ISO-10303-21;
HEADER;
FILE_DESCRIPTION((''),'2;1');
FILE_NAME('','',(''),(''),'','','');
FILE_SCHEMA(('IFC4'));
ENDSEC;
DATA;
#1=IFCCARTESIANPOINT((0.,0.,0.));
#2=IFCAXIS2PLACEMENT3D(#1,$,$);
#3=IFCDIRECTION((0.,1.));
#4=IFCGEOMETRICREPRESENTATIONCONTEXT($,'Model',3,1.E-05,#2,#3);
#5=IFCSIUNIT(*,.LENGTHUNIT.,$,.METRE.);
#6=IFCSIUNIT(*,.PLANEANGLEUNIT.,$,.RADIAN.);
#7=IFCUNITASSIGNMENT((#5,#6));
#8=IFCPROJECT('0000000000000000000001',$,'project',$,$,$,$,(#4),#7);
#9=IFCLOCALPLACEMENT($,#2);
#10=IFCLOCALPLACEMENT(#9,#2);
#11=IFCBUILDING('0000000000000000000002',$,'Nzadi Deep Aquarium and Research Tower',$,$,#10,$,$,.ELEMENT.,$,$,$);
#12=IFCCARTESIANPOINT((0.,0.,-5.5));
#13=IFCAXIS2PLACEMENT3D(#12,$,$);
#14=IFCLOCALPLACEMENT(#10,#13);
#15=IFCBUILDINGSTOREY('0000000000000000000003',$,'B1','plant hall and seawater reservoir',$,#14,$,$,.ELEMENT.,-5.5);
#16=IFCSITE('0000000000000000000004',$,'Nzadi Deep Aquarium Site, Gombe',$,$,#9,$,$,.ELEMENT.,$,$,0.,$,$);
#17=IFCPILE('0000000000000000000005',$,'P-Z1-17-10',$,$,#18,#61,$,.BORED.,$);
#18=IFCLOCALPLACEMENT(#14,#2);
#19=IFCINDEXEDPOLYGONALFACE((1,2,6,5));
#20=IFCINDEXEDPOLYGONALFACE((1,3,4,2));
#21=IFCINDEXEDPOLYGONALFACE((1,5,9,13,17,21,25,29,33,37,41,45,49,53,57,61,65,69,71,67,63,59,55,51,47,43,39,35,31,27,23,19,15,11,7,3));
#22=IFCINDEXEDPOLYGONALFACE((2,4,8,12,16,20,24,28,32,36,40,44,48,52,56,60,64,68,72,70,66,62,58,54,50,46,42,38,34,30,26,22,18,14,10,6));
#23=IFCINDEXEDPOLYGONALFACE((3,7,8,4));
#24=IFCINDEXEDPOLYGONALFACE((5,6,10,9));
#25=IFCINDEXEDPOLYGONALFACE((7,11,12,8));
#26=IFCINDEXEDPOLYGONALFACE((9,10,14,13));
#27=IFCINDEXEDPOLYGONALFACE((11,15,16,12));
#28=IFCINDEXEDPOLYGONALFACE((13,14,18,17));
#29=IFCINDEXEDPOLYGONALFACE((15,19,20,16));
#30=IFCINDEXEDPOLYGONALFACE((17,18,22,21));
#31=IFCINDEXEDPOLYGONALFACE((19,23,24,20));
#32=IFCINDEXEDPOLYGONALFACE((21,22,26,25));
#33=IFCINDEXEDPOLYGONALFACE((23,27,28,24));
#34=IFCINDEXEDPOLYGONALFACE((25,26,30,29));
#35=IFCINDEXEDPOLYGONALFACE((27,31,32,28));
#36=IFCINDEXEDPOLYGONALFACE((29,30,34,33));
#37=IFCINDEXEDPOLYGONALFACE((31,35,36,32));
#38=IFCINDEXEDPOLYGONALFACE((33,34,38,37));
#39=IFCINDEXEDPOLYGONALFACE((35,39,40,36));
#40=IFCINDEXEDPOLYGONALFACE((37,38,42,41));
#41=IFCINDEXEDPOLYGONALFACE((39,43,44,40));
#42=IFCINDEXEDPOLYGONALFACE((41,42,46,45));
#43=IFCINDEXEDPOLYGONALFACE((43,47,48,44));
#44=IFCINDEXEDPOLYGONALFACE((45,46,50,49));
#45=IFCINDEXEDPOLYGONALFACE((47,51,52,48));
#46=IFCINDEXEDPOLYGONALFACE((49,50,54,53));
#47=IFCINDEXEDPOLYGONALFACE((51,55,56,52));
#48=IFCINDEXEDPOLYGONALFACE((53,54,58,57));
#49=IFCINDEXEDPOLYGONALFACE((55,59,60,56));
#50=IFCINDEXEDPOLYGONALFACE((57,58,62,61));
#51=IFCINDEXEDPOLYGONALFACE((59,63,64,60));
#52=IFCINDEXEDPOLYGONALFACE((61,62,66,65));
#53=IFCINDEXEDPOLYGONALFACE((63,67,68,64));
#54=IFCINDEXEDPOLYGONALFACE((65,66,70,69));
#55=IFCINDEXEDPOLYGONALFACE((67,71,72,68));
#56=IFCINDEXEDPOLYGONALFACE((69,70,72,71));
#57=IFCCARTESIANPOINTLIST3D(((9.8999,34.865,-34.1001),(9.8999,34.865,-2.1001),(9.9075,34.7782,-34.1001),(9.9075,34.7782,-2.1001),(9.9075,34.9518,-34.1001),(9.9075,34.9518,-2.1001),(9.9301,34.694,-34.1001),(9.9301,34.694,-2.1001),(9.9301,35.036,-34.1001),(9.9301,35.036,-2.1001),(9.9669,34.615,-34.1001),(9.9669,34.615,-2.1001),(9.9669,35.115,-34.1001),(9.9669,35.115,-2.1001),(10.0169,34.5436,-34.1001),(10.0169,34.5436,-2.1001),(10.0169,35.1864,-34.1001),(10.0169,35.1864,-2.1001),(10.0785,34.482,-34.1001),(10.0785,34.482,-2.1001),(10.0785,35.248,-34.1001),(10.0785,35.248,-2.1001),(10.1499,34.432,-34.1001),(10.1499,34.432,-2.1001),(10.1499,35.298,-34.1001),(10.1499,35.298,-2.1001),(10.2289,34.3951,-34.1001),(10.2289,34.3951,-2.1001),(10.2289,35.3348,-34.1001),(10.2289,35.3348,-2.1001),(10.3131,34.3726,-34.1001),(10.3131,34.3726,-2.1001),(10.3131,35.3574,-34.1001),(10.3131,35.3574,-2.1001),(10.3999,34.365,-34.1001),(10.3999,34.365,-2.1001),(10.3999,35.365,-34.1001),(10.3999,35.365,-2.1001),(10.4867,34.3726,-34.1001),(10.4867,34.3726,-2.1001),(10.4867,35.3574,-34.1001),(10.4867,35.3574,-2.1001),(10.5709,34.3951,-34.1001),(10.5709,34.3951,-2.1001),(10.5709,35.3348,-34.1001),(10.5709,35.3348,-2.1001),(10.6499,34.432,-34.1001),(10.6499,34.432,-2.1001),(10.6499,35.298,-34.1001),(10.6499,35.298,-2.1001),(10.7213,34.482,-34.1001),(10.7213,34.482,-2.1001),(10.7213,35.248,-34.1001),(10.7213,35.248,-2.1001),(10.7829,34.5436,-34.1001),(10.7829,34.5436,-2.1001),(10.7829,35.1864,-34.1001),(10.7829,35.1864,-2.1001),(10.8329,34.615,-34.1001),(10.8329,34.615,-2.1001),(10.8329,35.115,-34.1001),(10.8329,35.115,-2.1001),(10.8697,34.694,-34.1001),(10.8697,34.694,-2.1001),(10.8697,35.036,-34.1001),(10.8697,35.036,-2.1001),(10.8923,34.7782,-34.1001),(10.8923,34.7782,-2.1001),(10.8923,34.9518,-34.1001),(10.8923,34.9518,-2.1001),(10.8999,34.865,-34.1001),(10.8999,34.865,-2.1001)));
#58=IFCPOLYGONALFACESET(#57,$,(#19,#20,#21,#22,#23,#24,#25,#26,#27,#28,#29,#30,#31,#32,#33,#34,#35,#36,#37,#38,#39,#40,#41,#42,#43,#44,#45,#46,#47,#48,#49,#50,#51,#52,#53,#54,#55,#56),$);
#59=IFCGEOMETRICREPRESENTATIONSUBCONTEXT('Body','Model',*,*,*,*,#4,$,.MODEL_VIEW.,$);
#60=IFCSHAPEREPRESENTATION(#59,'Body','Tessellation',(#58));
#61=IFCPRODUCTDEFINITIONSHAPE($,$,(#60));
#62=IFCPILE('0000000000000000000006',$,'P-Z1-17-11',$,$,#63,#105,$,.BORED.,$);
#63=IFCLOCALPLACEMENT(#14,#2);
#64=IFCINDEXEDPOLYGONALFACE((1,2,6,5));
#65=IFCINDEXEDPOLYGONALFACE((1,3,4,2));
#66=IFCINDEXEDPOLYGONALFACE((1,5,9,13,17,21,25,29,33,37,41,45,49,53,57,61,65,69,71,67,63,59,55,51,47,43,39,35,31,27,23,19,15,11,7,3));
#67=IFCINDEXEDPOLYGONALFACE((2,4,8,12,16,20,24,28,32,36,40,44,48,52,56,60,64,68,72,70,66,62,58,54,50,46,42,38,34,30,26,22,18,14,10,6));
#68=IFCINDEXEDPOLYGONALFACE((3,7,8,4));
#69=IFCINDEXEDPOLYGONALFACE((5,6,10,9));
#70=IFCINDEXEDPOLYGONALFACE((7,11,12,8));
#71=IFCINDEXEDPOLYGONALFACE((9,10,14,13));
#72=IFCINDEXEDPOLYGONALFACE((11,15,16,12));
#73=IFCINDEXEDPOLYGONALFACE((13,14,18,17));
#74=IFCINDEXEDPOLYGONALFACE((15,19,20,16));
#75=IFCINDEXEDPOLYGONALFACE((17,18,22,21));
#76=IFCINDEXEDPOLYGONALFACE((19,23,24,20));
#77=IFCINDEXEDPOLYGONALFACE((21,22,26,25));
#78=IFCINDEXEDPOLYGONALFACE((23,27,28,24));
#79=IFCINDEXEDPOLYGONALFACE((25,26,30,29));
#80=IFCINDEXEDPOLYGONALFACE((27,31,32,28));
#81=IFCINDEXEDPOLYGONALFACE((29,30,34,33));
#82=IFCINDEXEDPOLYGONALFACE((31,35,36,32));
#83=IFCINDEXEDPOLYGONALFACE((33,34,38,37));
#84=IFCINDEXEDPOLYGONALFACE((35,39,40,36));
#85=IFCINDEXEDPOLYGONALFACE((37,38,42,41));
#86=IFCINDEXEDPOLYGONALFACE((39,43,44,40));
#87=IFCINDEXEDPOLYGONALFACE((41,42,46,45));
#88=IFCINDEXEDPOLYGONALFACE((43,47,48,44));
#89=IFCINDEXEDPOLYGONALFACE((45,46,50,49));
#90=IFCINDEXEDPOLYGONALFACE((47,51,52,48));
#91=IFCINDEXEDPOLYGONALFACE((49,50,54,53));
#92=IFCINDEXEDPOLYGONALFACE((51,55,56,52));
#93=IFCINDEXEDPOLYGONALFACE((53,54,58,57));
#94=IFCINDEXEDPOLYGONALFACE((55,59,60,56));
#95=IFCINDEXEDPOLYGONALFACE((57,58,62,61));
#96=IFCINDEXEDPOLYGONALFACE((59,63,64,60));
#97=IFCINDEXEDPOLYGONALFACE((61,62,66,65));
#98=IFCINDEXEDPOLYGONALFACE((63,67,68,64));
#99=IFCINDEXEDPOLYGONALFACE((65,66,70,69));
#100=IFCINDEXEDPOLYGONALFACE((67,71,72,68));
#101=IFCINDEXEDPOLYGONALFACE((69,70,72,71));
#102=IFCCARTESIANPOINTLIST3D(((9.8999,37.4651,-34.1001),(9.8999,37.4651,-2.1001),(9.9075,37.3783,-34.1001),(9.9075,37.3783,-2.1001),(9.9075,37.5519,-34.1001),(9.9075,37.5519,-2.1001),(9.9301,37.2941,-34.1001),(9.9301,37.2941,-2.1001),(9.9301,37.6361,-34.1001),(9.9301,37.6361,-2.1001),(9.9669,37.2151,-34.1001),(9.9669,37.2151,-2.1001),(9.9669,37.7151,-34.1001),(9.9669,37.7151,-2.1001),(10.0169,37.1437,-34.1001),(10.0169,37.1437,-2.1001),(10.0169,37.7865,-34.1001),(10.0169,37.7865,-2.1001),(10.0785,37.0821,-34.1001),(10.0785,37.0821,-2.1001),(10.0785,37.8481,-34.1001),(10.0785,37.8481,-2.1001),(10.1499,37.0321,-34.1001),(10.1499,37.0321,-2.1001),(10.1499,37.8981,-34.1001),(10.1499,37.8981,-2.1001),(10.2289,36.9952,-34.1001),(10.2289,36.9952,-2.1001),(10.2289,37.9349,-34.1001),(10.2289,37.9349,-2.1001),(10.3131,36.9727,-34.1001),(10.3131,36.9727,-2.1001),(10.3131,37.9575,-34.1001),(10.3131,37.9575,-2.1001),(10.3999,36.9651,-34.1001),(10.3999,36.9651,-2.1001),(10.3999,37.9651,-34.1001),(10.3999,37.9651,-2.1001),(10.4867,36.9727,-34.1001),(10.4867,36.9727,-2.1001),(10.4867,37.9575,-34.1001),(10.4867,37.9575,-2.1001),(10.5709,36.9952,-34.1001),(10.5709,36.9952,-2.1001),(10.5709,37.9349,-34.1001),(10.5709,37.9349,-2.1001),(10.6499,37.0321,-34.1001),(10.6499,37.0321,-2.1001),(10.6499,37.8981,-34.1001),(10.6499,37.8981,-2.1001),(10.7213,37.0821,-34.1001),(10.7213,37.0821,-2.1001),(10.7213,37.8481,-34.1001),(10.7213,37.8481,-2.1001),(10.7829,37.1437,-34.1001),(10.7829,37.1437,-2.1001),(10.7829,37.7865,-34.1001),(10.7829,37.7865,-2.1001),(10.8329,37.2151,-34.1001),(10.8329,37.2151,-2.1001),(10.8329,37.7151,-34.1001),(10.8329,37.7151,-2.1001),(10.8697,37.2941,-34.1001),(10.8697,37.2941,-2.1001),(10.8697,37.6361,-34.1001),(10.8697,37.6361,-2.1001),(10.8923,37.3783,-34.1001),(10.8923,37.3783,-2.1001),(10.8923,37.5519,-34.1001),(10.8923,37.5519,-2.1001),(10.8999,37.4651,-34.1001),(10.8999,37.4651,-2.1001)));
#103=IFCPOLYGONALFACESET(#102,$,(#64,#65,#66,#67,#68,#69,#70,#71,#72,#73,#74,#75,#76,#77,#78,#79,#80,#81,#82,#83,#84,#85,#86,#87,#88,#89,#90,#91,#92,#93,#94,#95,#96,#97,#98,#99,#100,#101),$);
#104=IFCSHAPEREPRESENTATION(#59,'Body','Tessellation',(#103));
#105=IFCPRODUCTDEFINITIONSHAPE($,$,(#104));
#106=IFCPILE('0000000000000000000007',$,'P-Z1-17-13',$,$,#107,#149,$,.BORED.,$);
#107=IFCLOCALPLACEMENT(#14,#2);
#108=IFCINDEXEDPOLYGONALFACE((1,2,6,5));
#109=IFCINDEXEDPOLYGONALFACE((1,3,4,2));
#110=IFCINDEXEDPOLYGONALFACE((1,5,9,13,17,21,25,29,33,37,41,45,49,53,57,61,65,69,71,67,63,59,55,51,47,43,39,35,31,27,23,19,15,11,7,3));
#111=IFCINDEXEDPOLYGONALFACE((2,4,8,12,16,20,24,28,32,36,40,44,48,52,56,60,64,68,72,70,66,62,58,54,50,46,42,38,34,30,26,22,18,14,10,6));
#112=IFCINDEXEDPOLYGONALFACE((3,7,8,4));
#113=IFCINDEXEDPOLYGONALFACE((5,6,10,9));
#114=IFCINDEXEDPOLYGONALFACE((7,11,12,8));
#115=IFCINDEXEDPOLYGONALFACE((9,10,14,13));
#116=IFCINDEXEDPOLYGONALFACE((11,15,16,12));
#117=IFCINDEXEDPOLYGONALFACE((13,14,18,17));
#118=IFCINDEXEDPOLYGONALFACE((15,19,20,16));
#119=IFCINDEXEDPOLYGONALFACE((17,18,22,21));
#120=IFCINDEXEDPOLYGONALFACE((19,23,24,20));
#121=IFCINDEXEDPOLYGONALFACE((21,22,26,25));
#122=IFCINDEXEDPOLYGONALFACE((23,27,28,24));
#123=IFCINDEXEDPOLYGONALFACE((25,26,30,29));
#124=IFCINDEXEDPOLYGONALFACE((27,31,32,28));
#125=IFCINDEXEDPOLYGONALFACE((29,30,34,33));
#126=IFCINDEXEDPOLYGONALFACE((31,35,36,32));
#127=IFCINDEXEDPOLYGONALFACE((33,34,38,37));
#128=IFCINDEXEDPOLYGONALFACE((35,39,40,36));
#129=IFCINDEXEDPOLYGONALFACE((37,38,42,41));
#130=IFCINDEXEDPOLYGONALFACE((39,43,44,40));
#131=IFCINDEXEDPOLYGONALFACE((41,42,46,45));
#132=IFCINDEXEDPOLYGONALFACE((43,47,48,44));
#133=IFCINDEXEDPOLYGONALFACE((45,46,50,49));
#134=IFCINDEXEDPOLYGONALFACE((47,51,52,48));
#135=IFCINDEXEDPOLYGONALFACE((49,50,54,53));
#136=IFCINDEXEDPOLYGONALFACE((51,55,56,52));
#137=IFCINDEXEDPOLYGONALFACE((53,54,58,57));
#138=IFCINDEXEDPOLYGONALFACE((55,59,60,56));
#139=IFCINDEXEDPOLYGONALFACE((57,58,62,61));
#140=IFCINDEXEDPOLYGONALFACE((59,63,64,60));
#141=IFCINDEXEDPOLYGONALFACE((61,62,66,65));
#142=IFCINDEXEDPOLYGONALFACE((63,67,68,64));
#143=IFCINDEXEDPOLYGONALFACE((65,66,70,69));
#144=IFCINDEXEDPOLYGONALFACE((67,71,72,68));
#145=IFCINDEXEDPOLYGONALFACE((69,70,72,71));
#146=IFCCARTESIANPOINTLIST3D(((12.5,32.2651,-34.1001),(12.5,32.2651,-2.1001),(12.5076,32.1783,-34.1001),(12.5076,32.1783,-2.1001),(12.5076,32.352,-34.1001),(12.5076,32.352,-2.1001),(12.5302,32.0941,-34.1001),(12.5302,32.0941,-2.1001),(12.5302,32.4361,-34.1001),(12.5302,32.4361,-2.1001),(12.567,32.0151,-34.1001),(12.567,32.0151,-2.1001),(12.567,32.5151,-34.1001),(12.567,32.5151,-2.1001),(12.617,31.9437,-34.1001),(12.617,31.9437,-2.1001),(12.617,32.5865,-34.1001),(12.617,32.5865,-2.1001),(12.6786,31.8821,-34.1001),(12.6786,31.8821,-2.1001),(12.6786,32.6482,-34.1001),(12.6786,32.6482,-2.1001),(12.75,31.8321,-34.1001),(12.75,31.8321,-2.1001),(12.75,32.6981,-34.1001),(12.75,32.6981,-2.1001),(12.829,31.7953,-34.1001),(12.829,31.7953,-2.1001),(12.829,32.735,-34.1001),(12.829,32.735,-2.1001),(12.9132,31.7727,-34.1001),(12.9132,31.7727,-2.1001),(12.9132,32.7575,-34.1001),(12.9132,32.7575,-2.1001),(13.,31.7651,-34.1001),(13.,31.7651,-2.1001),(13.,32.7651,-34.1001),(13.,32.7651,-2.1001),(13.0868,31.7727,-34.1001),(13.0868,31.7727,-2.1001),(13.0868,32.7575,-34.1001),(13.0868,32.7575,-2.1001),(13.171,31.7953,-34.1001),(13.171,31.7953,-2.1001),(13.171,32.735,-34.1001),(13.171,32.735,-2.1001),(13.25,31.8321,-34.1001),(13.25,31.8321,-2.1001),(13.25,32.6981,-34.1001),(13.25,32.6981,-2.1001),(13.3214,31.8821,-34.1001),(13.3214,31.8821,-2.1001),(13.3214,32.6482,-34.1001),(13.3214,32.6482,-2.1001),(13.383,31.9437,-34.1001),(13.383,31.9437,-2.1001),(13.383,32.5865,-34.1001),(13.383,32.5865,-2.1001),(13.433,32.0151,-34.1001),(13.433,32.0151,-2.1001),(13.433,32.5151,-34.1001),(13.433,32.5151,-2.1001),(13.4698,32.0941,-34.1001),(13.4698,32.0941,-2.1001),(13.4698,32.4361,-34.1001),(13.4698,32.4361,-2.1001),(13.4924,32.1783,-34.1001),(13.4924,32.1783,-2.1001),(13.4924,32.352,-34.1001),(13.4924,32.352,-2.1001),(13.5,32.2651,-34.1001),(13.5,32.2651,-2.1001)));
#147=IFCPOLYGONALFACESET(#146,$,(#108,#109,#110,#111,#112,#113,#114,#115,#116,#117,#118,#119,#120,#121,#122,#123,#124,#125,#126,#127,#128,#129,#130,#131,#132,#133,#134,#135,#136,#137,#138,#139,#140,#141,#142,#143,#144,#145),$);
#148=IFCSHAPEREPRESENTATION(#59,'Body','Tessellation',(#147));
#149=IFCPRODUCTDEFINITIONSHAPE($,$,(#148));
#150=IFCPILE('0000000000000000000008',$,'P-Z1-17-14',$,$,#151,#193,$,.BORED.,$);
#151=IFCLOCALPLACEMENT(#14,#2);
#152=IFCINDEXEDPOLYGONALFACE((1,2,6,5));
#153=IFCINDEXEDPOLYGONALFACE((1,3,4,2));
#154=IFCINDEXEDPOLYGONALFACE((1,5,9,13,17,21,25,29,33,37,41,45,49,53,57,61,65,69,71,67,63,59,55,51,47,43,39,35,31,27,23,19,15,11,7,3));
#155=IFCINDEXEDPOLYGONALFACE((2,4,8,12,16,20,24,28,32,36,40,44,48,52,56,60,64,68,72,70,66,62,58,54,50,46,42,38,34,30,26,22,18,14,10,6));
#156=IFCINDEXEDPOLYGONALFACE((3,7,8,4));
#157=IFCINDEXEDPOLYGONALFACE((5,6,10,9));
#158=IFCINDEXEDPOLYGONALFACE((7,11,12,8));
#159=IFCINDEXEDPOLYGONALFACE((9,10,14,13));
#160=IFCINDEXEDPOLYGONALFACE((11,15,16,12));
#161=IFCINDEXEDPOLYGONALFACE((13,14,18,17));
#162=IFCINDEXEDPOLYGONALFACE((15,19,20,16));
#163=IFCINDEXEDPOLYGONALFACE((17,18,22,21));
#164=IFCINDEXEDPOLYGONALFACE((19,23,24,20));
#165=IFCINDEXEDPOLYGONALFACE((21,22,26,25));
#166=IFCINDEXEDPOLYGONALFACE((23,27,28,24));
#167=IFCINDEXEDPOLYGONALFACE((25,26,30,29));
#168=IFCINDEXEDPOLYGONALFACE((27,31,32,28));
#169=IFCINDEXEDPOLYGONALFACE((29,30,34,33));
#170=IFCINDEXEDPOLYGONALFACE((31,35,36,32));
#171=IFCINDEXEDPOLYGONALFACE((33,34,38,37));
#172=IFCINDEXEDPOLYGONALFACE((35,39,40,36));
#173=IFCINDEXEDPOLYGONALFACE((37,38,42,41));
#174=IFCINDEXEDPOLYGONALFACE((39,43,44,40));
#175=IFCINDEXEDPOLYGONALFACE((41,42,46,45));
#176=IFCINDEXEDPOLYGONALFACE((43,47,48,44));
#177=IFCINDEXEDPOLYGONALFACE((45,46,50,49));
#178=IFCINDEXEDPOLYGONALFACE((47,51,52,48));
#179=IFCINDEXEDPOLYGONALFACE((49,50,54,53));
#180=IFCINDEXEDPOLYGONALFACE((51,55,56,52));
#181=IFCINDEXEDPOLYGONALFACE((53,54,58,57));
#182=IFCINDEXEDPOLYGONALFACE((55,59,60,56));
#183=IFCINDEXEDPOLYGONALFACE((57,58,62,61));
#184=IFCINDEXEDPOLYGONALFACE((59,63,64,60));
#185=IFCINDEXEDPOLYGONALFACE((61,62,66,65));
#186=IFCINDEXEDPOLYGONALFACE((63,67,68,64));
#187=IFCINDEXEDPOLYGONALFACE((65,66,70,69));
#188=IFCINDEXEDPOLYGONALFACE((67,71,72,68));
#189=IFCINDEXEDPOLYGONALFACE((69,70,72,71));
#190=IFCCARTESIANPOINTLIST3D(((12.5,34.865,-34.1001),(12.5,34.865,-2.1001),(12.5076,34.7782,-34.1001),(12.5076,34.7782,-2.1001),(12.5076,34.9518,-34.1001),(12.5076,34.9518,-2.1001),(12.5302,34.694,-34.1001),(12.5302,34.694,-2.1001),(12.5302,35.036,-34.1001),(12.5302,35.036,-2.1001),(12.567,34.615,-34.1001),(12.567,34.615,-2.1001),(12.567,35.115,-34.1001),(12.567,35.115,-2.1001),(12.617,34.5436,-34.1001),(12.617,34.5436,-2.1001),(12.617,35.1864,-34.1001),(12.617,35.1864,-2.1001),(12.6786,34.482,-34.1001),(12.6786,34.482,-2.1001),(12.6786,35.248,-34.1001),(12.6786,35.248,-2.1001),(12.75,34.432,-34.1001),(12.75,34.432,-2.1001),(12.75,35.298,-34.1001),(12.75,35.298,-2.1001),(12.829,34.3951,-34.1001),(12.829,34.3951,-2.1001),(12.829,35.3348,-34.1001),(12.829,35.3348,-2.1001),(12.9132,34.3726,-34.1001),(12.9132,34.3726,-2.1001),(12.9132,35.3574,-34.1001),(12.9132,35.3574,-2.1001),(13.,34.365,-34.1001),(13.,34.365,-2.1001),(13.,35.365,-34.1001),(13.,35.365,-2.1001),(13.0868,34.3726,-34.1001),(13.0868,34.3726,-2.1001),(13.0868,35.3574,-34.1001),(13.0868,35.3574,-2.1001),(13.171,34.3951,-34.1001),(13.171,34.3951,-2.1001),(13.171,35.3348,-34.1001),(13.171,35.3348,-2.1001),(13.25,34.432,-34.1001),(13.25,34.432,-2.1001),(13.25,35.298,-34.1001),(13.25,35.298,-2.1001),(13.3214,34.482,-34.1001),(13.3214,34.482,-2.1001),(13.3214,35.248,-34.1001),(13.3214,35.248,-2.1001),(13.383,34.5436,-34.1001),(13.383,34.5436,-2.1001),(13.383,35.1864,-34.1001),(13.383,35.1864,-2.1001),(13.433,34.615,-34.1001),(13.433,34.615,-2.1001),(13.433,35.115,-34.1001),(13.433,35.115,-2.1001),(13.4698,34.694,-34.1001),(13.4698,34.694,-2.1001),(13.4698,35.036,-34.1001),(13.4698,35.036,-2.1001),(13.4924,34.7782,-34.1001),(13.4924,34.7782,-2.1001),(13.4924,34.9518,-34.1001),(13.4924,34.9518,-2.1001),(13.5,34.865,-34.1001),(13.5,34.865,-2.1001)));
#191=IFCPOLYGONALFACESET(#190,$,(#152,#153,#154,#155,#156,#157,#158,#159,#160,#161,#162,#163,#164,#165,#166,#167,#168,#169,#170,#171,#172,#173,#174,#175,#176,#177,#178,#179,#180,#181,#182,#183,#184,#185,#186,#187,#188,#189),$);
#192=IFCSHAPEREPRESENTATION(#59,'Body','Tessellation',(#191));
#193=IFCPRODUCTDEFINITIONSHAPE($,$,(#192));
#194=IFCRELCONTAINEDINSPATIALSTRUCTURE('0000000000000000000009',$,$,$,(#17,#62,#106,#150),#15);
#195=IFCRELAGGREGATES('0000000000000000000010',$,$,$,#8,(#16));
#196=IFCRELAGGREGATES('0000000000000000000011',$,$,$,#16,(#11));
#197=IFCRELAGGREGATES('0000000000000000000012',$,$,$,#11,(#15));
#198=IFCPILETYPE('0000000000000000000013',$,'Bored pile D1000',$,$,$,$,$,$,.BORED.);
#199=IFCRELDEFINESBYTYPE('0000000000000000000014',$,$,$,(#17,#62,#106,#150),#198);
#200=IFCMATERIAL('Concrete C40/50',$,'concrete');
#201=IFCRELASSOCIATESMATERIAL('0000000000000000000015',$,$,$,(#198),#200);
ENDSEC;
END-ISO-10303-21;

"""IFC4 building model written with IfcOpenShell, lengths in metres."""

from ifc_helpers import new_model, si_unit, direction, frame, origin, origin_2d, place, context, subcontext, project, spatial, circle, extrude, material, material_profile, profile_set, type_object, element, save


model = new_model("IFC4")

# Units and contexts
model_context = context("Model", 3, precision=1e-05, world=origin(), true_north=direction((0.0, 1.0)))
body_context = subcontext(model_context, "Body", "Model", "MODEL_VIEW")
ifc_project = project(units=[si_unit("LENGTHUNIT", "METRE"), si_unit("PLANEANGLEUNIT", "RADIAN")], contexts=[model_context])

# Site, building, storey
site_placement = place(None, origin())
site = spatial("IfcSite", under=ifc_project, at=site_placement, Name="Nzadi Deep Aquarium Site, Gombe", CompositionType="ELEMENT", RefElevation=0.0)
building_placement = place(site_placement, origin())
building = spatial("IfcBuilding", under=site, at=building_placement, Name="Nzadi Deep Aquarium and Research Tower", CompositionType="ELEMENT")
storey_placement = place(building_placement, frame((0.0, 0.0, -5.5)))
storey = spatial("IfcBuildingStorey", under=building, at=storey_placement, Name="B1", Description="plant hall and seawater reservoir", CompositionType="ELEMENT", Elevation=-5.5)

# Piles
ifc_material_1 = material(Name="Concrete C40/50", Category="concrete")
ifc_material_profile_1 = material_profile(ifc_material_1, circle(Radius=0.5, at=origin_2d()))
ifc_profile_set_1 = profile_set([ifc_material_profile_1], Name="Concrete C40/50")
pile_type = type_object("IfcPileType", Name="Bored pile D1000", PredefinedType="BORED", material=ifc_profile_set_1)
for number, where, z_axis, x_axis, name in (
    (1, (10.3999, 34.865, -2.1001), (0.0, 0.0, -1.0), (1.0, 0.0, 0.0), "P-Z1-17-10"),
    (2, (10.3999, 37.4651, -2.1001), (0.0, 0.0, -1.0), (1.0, 0.0, 0.0), "P-Z1-17-11"),
    (3, (13.0, 32.2651, -2.1001), (0.0, 0.0, -1.0), (1.0, 0.0, 0.0), "P-Z1-17-13"),
    (4, (13.0, 34.865, -2.1001), (0.0, 0.0, -1.0), (1.0, 0.0, 0.0), "P-Z1-17-14"),
):
    element("IfcPile", number, at=place(storey_placement, frame(where, z_axis=z_axis, x_axis=x_axis)), inside=storey, type_object=pile_type, Name=name, PredefinedType="BORED", context=body_context, shape_type="SweptSolid", body=[
        extrude(circle(Radius=0.5, at=origin_2d()), origin(), (0.0, 0.0, 1.0), 32.0),
    ])

save(model, "model.ifc")
